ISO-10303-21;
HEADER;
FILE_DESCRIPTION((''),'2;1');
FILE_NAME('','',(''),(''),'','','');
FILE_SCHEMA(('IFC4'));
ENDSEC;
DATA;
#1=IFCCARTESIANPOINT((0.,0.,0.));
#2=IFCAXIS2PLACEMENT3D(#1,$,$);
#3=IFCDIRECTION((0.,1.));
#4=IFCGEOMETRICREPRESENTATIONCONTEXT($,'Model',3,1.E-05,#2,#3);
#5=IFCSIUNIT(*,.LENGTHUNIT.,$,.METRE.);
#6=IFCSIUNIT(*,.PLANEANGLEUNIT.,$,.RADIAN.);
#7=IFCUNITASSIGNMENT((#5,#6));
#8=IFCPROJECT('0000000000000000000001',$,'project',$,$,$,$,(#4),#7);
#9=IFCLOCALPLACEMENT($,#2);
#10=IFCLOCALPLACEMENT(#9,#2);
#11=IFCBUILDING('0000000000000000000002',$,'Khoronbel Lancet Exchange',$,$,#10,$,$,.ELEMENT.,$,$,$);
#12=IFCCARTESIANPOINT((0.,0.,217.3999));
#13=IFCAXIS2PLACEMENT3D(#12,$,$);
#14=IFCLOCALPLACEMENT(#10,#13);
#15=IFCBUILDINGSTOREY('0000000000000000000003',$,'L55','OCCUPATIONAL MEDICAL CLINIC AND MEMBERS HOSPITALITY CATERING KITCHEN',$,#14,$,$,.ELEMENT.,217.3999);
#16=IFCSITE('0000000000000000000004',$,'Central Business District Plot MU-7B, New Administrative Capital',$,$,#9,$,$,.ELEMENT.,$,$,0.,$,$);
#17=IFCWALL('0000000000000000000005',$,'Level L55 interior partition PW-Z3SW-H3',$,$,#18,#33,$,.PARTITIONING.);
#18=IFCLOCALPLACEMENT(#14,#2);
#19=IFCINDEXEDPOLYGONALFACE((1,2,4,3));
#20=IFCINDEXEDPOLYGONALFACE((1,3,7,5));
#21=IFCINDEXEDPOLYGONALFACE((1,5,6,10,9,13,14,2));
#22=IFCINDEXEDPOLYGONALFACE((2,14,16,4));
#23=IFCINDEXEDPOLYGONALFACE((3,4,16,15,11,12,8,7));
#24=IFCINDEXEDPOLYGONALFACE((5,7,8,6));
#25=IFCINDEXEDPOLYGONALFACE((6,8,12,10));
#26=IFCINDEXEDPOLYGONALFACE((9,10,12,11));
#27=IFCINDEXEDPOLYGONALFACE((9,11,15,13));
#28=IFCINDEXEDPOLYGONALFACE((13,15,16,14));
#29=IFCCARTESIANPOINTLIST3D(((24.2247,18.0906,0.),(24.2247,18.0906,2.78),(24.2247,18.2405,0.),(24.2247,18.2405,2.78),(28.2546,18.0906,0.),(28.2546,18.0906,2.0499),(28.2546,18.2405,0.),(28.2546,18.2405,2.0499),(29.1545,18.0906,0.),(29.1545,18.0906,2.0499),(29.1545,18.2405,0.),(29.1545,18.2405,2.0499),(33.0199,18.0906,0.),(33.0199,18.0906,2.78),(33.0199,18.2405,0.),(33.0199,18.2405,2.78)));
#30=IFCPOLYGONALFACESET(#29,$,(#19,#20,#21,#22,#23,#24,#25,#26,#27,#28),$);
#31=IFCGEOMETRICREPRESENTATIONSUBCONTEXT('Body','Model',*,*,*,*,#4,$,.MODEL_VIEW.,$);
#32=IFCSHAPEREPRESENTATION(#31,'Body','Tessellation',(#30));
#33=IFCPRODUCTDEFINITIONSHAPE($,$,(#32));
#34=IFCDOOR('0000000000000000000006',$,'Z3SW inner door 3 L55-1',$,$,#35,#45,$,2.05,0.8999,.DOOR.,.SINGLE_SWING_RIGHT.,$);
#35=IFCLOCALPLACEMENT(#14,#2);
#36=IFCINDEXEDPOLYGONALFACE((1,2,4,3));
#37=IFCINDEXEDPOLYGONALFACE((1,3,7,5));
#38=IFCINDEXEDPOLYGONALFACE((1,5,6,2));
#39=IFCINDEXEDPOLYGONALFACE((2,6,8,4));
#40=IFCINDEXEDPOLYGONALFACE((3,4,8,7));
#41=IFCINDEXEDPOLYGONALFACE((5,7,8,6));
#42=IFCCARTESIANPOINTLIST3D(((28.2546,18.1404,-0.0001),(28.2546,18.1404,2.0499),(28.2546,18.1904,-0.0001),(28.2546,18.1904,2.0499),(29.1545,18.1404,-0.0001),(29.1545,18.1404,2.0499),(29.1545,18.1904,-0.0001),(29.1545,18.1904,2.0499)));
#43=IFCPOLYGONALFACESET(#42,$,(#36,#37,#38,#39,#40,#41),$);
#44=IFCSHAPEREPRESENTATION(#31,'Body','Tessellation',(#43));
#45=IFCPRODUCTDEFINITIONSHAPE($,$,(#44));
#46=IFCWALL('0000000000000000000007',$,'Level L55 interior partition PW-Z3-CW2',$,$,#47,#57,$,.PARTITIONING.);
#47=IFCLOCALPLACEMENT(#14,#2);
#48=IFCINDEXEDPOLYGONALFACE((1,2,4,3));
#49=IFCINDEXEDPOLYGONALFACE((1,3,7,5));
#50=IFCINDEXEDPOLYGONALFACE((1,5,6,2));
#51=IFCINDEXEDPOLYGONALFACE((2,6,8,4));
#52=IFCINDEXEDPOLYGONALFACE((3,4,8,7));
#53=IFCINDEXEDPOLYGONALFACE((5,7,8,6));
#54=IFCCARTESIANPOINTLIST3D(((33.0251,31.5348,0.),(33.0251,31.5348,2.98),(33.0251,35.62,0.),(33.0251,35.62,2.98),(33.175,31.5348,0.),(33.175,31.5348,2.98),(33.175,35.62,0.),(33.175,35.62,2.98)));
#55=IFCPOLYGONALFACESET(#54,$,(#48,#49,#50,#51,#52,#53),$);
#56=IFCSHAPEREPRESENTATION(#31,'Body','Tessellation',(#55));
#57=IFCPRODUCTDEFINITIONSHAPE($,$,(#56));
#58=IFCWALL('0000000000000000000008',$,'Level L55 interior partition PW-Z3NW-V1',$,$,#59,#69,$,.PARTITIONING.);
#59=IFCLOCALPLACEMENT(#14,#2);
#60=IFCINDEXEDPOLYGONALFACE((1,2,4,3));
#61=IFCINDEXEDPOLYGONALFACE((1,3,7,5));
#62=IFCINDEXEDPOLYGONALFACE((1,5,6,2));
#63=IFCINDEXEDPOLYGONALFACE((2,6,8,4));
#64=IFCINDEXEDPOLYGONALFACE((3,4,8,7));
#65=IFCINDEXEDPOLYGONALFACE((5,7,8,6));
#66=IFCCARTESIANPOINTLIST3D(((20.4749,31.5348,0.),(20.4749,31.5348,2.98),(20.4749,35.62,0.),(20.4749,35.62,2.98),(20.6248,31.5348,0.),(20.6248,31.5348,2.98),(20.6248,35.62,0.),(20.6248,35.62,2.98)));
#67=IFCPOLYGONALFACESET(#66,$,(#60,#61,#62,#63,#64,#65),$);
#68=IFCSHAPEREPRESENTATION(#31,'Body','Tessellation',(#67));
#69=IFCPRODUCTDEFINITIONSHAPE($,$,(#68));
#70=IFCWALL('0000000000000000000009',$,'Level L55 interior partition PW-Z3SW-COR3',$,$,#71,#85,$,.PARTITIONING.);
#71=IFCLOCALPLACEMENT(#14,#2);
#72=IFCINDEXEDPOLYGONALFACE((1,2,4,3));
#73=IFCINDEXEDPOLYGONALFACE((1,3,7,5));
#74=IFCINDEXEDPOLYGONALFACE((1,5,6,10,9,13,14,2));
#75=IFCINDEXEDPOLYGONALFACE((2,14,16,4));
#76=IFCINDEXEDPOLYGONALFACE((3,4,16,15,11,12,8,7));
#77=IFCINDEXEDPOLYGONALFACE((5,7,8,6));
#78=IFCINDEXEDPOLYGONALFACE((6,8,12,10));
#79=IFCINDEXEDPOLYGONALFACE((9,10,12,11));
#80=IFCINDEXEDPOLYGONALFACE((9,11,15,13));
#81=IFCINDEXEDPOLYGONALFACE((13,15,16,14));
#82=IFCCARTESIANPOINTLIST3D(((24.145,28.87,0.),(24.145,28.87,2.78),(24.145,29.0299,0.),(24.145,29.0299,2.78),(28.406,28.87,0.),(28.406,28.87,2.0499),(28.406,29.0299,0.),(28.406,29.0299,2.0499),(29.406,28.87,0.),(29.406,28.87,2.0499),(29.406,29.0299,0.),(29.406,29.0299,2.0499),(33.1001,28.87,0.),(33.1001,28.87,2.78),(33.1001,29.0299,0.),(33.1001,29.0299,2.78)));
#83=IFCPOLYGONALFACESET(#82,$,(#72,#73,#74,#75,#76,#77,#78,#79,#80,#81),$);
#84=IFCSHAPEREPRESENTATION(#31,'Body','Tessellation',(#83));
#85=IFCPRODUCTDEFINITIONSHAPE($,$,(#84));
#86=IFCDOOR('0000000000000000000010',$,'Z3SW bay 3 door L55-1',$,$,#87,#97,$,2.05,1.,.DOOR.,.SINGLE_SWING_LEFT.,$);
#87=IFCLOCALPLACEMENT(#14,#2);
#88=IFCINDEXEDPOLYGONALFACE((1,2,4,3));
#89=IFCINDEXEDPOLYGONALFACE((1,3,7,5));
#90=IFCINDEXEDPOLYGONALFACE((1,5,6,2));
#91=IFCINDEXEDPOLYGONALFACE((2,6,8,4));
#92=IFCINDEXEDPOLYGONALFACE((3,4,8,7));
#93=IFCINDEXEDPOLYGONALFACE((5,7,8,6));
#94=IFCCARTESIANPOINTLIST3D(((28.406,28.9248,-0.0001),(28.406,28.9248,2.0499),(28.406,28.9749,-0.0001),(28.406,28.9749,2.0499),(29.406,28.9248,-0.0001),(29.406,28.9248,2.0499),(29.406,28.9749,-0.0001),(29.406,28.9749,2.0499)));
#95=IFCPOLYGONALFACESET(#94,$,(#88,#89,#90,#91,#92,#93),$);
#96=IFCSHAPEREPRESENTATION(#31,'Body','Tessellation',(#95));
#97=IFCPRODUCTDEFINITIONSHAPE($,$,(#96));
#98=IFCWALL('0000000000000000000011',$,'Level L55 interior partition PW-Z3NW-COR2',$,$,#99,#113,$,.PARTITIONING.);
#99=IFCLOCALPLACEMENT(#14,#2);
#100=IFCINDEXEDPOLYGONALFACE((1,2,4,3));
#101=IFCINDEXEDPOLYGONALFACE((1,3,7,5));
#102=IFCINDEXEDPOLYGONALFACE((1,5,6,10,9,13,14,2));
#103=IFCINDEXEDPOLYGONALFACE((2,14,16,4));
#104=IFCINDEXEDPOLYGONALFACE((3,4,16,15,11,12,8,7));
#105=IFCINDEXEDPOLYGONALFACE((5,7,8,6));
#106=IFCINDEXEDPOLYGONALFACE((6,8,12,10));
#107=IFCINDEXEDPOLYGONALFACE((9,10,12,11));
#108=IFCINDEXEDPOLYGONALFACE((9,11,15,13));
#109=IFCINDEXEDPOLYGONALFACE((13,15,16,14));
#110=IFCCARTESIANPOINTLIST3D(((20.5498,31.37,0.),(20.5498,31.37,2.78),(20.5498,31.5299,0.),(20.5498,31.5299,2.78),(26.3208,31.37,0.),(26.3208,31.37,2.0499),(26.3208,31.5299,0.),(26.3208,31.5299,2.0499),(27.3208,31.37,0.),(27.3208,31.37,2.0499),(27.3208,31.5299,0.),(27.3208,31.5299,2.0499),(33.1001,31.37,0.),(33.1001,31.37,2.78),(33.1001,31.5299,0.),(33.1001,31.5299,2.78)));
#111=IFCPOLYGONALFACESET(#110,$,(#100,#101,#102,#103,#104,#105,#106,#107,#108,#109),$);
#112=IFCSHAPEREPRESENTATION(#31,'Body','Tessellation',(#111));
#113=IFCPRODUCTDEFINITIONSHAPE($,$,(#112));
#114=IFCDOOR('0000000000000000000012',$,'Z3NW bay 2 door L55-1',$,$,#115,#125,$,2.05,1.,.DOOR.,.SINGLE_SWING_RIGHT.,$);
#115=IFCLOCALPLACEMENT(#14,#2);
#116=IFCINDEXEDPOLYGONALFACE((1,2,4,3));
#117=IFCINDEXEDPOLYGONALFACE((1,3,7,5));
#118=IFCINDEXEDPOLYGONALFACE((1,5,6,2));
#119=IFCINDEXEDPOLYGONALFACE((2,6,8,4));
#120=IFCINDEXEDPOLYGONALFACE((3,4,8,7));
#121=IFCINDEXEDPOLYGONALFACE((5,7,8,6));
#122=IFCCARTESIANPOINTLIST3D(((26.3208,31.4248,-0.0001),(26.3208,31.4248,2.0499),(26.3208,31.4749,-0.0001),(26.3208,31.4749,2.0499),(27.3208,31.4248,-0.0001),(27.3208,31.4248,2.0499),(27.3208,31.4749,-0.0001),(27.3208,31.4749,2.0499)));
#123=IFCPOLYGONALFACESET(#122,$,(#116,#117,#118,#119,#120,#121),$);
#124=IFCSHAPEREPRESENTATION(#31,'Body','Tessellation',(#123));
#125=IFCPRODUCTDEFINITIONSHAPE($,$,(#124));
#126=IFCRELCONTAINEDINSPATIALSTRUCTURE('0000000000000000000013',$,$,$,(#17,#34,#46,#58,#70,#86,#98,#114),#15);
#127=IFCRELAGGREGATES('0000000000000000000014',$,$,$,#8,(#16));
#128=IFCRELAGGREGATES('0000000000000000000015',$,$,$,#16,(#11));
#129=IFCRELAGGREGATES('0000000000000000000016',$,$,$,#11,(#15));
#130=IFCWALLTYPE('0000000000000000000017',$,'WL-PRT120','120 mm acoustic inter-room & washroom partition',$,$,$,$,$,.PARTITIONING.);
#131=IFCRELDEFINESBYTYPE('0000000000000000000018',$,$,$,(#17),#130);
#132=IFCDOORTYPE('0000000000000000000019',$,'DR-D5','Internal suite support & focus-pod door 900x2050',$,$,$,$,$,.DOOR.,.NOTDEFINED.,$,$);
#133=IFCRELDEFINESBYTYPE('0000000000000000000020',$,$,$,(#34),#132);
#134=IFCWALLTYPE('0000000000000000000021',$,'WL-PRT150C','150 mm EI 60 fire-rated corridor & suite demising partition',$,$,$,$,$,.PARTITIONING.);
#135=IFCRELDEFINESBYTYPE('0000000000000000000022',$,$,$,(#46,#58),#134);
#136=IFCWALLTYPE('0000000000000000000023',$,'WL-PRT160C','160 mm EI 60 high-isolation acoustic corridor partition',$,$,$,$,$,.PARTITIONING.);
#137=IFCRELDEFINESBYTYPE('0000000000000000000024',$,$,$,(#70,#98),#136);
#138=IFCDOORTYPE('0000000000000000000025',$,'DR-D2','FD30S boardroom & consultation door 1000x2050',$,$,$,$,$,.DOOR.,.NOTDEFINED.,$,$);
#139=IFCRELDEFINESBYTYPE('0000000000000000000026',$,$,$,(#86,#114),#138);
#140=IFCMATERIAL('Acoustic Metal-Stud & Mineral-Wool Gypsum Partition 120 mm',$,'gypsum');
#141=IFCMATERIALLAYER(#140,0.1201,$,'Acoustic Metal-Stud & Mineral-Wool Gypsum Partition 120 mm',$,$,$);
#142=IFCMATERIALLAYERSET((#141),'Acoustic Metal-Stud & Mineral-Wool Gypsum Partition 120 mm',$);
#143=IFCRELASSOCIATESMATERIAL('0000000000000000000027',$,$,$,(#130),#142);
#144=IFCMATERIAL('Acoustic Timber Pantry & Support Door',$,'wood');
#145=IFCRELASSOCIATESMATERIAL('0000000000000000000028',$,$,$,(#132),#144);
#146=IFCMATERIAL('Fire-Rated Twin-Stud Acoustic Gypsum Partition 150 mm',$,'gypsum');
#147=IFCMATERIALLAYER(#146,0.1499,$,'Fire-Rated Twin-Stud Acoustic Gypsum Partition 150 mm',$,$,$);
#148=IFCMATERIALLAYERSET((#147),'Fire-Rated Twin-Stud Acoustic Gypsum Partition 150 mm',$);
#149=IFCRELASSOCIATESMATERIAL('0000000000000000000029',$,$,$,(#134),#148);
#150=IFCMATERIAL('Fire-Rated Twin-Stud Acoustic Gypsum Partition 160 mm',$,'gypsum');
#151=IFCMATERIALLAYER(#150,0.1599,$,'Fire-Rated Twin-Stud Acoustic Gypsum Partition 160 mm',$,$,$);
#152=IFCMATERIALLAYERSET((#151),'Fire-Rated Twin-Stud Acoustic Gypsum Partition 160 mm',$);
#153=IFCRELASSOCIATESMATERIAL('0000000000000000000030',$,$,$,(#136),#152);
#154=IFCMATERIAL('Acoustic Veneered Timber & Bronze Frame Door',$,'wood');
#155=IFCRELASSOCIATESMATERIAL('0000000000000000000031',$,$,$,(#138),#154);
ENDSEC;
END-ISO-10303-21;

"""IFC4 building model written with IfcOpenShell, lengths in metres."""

from ifc_helpers import new_model, si_unit, direction, frame, frame_2d, origin, place, context, subcontext, project, spatial, rectangle, extrude, material, layer, layer_set, type_object, element, fill, save


model = new_model("IFC4")

# Units and contexts
model_context = context("Model", 3, precision=1e-05, world=origin(), true_north=direction((0.0, 1.0)))
body_context = subcontext(model_context, "Body", "Model", "MODEL_VIEW")
ifc_project = project(units=[si_unit("LENGTHUNIT", "METRE"), si_unit("PLANEANGLEUNIT", "RADIAN")], contexts=[model_context])

# Site, building, storey
site_placement = place(None, origin())
site = spatial("IfcSite", under=ifc_project, at=site_placement, Name="Central Business District Plot MU-7B, New Administrative Capital", CompositionType="ELEMENT", RefElevation=0.0)
building_placement = place(site_placement, origin())
building = spatial("IfcBuilding", under=site, at=building_placement, Name="Khoronbel Lancet Exchange", CompositionType="ELEMENT")
storey_placement = place(building_placement, frame((0.0, 0.0, 217.3999)))
storey = spatial("IfcBuildingStorey", under=building, at=storey_placement, Name="L55", Description="OCCUPATIONAL MEDICAL CLINIC AND MEMBERS HOSPITALITY CATERING KITCHEN", CompositionType="ELEMENT", Elevation=217.3999)

# Wall, opening, door
ifc_material_1 = material(Name="Acoustic Metal-Stud & Mineral-Wool Gypsum Partition 120 mm", Category="gypsum")
ifc_layer_1 = layer(ifc_material_1, 0.1201, Name="Acoustic Metal-Stud & Mineral-Wool Gypsum Partition 120 mm")
ifc_layer_set_1 = layer_set([ifc_layer_1], Name="Acoustic Metal-Stud & Mineral-Wool Gypsum Partition 120 mm")
wall_type_1 = type_object("IfcWallType", Name="WL-PRT120", Description="120 mm acoustic inter-room & washroom partition", PredefinedType="PARTITIONING", material=ifc_layer_set_1)
wall_1_placement = place(storey_placement, frame((24.2249, 18.1655, 0.0), z_axis=(0.0, 0.0, 1.0), x_axis=(1.0, 0.0, 0.0)))
wall_1 = element("IfcWall", 1, at=wall_1_placement, inside=storey, type_object=wall_type_1, Name="Level L55 interior partition PW-Z3SW-H3", PredefinedType="PARTITIONING", context=body_context, shape_type="SweptSolid", body=[
    extrude(rectangle(XDim=8.7952, YDim=0.1499, at=frame_2d((4.3975, 0.0))), origin(), (0.0, 0.0, 1.0), 2.78),
])
opening_1_placement = place(wall_1_placement, frame((4.0298, 0.0, 0.0)))
opening_1 = element("IfcOpeningElement", 2, at=opening_1_placement, cuts=wall_1, PredefinedType="OPENING", context=body_context, shape_type="SweptSolid", body=[
    extrude(rectangle(XDim=0.8999, YDim=2.05, at=frame_2d((0.45, 1.0249))), frame((0.0, 0.085, 0.0), z_axis=(0.0, -1.0, 0.0), x_axis=(1.0, 0.0, 0.0)), (0.0, 0.0, 1.0), 0.1699),
])
ifc_material_2 = material(Name="Acoustic Timber Pantry & Support Door", Category="wood")
door_type_1 = type_object("IfcDoorType", Name="DR-D5", Description="Internal suite support & focus-pod door 900x2050", OperationType="NOTDEFINED", PredefinedType="DOOR", material=ifc_material_2)
door_1_placement = place(opening_1_placement, origin())
door_1 = element("IfcDoor", 3, at=door_1_placement, inside=storey, type_object=door_type_1, Name="Z3SW inner door 3 L55-1", OperationType="SINGLE_SWING_RIGHT", OverallHeight=2.05, OverallWidth=0.8999, PredefinedType="DOOR", context=body_context, shape_type="SweptSolid", body=[
    extrude(rectangle(XDim=0.8999, YDim=2.05, at=frame_2d((0.45, 1.0249))), frame((0.0, 0.0249, 0.0), z_axis=(0.0, -1.0, 0.0), x_axis=(1.0, 0.0, 0.0)), (0.0, 0.0, 1.0), 0.05),
])
fill(opening_1, door_1)

# Walls
ifc_material_3 = material(Name="Fire-Rated Twin-Stud Acoustic Gypsum Partition 150 mm", Category="gypsum")
ifc_layer_2 = layer(ifc_material_3, 0.1499, Name="Fire-Rated Twin-Stud Acoustic Gypsum Partition 150 mm")
ifc_layer_set_2 = layer_set([ifc_layer_2], Name="Fire-Rated Twin-Stud Acoustic Gypsum Partition 150 mm")
wall_type_2 = type_object("IfcWallType", Name="WL-PRT150C", Description="150 mm EI 60 fire-rated corridor & suite demising partition", PredefinedType="PARTITIONING", material=ifc_layer_set_2)
for number, where, z_axis, x_axis, name in (
    (4, (33.1001, 31.5349, 0.0), (0.0, 0.0, 1.0), (0.0, 1.0, 0.0), "Level L55 interior partition PW-Z3-CW2"),
    (5, (20.5498, 31.5349, 0.0), (0.0, 0.0, 1.0), (0.0, 1.0, 0.0), "Level L55 interior partition PW-Z3NW-V1"),
):
    element("IfcWall", number, at=place(storey_placement, frame(where, z_axis=z_axis, x_axis=x_axis)), inside=storey, type_object=wall_type_2, Name=name, PredefinedType="PARTITIONING", context=body_context, shape_type="SweptSolid", body=[
        extrude(rectangle(XDim=4.0852, YDim=0.1499, at=frame_2d((2.0425, 0.0))), origin(), (0.0, 0.0, 1.0), 2.98),
    ])

# Walls, openings, doors
ifc_material_4 = material(Name="Fire-Rated Twin-Stud Acoustic Gypsum Partition 160 mm", Category="gypsum")
ifc_layer_3 = layer(ifc_material_4, 0.1599, Name="Fire-Rated Twin-Stud Acoustic Gypsum Partition 160 mm")
ifc_layer_set_3 = layer_set([ifc_layer_3], Name="Fire-Rated Twin-Stud Acoustic Gypsum Partition 160 mm")
wall_type_3 = type_object("IfcWallType", Name="WL-PRT160C", Description="160 mm EI 60 high-isolation acoustic corridor partition", PredefinedType="PARTITIONING", material=ifc_layer_set_3)
wall_2_placement = place(storey_placement, frame((24.145, 28.95, 0.0), z_axis=(0.0, 0.0, 1.0), x_axis=(1.0, 0.0, 0.0)))
wall_2 = element("IfcWall", 6, at=wall_2_placement, inside=storey, type_object=wall_type_3, Name="Level L55 interior partition PW-Z3SW-COR3", PredefinedType="PARTITIONING", context=body_context, shape_type="SweptSolid", body=[
    extrude(rectangle(XDim=8.9551, YDim=0.1599, at=frame_2d((4.4775, 0.0))), origin(), (0.0, 0.0, 1.0), 2.78),
])
opening_2_placement = place(wall_2_placement, frame((4.261, 0.0, 0.0)))
opening_2 = element("IfcOpeningElement", 7, at=opening_2_placement, cuts=wall_2, PredefinedType="OPENING", context=body_context, shape_type="SweptSolid", body=[
    extrude(rectangle(XDim=1.0, YDim=2.05, at=frame_2d((0.5, 1.0249))), frame((0.0, 0.0898, 0.0), z_axis=(0.0, -1.0, 0.0), x_axis=(1.0, 0.0, 0.0)), (0.0, 0.0, 1.0), 0.1799),
])
ifc_material_5 = material(Name="Acoustic Veneered Timber & Bronze Frame Door", Category="wood")
door_type_2 = type_object("IfcDoorType", Name="DR-D2", Description="FD30S boardroom & consultation door 1000x2050", OperationType="NOTDEFINED", PredefinedType="DOOR", material=ifc_material_5)
door_2_placement = place(opening_2_placement, origin())
door_2 = element("IfcDoor", 8, at=door_2_placement, inside=storey, type_object=door_type_2, Name="Z3SW bay 3 door L55-1", OperationType="SINGLE_SWING_LEFT", OverallHeight=2.05, OverallWidth=1.0, PredefinedType="DOOR", context=body_context, shape_type="SweptSolid", body=[
    extrude(rectangle(XDim=1.0, YDim=2.05, at=frame_2d((0.5, 1.0249))), frame((0.0, 0.0249, 0.0), z_axis=(0.0, -1.0, 0.0), x_axis=(1.0, 0.0, 0.0)), (0.0, 0.0, 1.0), 0.05),
])
fill(opening_2, door_2)
wall_3_placement = place(storey_placement, frame((20.5498, 31.45, 0.0), z_axis=(0.0, 0.0, 1.0), x_axis=(1.0, 0.0, 0.0)))
wall_3 = element("IfcWall", 9, at=wall_3_placement, inside=storey, type_object=wall_type_3, Name="Level L55 interior partition PW-Z3NW-COR2", PredefinedType="PARTITIONING", context=body_context, shape_type="SweptSolid", body=[
    extrude(rectangle(XDim=12.5503, YDim=0.1599, at=frame_2d((6.2751, 0.0))), origin(), (0.0, 0.0, 1.0), 2.78),
])
opening_3_placement = place(wall_3_placement, frame((5.771, 0.0, 0.0)))
opening_3 = element("IfcOpeningElement", 10, at=opening_3_placement, cuts=wall_3, PredefinedType="OPENING", context=body_context, shape_type="SweptSolid", body=[
    extrude(rectangle(XDim=1.0, YDim=2.05, at=frame_2d((0.5, 1.0249))), frame((0.0, 0.0898, 0.0), z_axis=(0.0, -1.0, 0.0), x_axis=(1.0, 0.0, 0.0)), (0.0, 0.0, 1.0), 0.1799),
])
door_3_placement = place(opening_3_placement, origin())
door_3 = element("IfcDoor", 11, at=door_3_placement, inside=storey, type_object=door_type_2, Name="Z3NW bay 2 door L55-1", OperationType="SINGLE_SWING_RIGHT", OverallHeight=2.05, OverallWidth=1.0, PredefinedType="DOOR", context=body_context, shape_type="SweptSolid", body=[
    extrude(rectangle(XDim=1.0, YDim=2.05, at=frame_2d((0.5, 1.0249))), frame((0.0, 0.0249, 0.0), z_axis=(0.0, -1.0, 0.0), x_axis=(1.0, 0.0, 0.0)), (0.0, 0.0, 1.0), 0.05),
])
fill(opening_3, door_3)

save(model, "model.ifc")
